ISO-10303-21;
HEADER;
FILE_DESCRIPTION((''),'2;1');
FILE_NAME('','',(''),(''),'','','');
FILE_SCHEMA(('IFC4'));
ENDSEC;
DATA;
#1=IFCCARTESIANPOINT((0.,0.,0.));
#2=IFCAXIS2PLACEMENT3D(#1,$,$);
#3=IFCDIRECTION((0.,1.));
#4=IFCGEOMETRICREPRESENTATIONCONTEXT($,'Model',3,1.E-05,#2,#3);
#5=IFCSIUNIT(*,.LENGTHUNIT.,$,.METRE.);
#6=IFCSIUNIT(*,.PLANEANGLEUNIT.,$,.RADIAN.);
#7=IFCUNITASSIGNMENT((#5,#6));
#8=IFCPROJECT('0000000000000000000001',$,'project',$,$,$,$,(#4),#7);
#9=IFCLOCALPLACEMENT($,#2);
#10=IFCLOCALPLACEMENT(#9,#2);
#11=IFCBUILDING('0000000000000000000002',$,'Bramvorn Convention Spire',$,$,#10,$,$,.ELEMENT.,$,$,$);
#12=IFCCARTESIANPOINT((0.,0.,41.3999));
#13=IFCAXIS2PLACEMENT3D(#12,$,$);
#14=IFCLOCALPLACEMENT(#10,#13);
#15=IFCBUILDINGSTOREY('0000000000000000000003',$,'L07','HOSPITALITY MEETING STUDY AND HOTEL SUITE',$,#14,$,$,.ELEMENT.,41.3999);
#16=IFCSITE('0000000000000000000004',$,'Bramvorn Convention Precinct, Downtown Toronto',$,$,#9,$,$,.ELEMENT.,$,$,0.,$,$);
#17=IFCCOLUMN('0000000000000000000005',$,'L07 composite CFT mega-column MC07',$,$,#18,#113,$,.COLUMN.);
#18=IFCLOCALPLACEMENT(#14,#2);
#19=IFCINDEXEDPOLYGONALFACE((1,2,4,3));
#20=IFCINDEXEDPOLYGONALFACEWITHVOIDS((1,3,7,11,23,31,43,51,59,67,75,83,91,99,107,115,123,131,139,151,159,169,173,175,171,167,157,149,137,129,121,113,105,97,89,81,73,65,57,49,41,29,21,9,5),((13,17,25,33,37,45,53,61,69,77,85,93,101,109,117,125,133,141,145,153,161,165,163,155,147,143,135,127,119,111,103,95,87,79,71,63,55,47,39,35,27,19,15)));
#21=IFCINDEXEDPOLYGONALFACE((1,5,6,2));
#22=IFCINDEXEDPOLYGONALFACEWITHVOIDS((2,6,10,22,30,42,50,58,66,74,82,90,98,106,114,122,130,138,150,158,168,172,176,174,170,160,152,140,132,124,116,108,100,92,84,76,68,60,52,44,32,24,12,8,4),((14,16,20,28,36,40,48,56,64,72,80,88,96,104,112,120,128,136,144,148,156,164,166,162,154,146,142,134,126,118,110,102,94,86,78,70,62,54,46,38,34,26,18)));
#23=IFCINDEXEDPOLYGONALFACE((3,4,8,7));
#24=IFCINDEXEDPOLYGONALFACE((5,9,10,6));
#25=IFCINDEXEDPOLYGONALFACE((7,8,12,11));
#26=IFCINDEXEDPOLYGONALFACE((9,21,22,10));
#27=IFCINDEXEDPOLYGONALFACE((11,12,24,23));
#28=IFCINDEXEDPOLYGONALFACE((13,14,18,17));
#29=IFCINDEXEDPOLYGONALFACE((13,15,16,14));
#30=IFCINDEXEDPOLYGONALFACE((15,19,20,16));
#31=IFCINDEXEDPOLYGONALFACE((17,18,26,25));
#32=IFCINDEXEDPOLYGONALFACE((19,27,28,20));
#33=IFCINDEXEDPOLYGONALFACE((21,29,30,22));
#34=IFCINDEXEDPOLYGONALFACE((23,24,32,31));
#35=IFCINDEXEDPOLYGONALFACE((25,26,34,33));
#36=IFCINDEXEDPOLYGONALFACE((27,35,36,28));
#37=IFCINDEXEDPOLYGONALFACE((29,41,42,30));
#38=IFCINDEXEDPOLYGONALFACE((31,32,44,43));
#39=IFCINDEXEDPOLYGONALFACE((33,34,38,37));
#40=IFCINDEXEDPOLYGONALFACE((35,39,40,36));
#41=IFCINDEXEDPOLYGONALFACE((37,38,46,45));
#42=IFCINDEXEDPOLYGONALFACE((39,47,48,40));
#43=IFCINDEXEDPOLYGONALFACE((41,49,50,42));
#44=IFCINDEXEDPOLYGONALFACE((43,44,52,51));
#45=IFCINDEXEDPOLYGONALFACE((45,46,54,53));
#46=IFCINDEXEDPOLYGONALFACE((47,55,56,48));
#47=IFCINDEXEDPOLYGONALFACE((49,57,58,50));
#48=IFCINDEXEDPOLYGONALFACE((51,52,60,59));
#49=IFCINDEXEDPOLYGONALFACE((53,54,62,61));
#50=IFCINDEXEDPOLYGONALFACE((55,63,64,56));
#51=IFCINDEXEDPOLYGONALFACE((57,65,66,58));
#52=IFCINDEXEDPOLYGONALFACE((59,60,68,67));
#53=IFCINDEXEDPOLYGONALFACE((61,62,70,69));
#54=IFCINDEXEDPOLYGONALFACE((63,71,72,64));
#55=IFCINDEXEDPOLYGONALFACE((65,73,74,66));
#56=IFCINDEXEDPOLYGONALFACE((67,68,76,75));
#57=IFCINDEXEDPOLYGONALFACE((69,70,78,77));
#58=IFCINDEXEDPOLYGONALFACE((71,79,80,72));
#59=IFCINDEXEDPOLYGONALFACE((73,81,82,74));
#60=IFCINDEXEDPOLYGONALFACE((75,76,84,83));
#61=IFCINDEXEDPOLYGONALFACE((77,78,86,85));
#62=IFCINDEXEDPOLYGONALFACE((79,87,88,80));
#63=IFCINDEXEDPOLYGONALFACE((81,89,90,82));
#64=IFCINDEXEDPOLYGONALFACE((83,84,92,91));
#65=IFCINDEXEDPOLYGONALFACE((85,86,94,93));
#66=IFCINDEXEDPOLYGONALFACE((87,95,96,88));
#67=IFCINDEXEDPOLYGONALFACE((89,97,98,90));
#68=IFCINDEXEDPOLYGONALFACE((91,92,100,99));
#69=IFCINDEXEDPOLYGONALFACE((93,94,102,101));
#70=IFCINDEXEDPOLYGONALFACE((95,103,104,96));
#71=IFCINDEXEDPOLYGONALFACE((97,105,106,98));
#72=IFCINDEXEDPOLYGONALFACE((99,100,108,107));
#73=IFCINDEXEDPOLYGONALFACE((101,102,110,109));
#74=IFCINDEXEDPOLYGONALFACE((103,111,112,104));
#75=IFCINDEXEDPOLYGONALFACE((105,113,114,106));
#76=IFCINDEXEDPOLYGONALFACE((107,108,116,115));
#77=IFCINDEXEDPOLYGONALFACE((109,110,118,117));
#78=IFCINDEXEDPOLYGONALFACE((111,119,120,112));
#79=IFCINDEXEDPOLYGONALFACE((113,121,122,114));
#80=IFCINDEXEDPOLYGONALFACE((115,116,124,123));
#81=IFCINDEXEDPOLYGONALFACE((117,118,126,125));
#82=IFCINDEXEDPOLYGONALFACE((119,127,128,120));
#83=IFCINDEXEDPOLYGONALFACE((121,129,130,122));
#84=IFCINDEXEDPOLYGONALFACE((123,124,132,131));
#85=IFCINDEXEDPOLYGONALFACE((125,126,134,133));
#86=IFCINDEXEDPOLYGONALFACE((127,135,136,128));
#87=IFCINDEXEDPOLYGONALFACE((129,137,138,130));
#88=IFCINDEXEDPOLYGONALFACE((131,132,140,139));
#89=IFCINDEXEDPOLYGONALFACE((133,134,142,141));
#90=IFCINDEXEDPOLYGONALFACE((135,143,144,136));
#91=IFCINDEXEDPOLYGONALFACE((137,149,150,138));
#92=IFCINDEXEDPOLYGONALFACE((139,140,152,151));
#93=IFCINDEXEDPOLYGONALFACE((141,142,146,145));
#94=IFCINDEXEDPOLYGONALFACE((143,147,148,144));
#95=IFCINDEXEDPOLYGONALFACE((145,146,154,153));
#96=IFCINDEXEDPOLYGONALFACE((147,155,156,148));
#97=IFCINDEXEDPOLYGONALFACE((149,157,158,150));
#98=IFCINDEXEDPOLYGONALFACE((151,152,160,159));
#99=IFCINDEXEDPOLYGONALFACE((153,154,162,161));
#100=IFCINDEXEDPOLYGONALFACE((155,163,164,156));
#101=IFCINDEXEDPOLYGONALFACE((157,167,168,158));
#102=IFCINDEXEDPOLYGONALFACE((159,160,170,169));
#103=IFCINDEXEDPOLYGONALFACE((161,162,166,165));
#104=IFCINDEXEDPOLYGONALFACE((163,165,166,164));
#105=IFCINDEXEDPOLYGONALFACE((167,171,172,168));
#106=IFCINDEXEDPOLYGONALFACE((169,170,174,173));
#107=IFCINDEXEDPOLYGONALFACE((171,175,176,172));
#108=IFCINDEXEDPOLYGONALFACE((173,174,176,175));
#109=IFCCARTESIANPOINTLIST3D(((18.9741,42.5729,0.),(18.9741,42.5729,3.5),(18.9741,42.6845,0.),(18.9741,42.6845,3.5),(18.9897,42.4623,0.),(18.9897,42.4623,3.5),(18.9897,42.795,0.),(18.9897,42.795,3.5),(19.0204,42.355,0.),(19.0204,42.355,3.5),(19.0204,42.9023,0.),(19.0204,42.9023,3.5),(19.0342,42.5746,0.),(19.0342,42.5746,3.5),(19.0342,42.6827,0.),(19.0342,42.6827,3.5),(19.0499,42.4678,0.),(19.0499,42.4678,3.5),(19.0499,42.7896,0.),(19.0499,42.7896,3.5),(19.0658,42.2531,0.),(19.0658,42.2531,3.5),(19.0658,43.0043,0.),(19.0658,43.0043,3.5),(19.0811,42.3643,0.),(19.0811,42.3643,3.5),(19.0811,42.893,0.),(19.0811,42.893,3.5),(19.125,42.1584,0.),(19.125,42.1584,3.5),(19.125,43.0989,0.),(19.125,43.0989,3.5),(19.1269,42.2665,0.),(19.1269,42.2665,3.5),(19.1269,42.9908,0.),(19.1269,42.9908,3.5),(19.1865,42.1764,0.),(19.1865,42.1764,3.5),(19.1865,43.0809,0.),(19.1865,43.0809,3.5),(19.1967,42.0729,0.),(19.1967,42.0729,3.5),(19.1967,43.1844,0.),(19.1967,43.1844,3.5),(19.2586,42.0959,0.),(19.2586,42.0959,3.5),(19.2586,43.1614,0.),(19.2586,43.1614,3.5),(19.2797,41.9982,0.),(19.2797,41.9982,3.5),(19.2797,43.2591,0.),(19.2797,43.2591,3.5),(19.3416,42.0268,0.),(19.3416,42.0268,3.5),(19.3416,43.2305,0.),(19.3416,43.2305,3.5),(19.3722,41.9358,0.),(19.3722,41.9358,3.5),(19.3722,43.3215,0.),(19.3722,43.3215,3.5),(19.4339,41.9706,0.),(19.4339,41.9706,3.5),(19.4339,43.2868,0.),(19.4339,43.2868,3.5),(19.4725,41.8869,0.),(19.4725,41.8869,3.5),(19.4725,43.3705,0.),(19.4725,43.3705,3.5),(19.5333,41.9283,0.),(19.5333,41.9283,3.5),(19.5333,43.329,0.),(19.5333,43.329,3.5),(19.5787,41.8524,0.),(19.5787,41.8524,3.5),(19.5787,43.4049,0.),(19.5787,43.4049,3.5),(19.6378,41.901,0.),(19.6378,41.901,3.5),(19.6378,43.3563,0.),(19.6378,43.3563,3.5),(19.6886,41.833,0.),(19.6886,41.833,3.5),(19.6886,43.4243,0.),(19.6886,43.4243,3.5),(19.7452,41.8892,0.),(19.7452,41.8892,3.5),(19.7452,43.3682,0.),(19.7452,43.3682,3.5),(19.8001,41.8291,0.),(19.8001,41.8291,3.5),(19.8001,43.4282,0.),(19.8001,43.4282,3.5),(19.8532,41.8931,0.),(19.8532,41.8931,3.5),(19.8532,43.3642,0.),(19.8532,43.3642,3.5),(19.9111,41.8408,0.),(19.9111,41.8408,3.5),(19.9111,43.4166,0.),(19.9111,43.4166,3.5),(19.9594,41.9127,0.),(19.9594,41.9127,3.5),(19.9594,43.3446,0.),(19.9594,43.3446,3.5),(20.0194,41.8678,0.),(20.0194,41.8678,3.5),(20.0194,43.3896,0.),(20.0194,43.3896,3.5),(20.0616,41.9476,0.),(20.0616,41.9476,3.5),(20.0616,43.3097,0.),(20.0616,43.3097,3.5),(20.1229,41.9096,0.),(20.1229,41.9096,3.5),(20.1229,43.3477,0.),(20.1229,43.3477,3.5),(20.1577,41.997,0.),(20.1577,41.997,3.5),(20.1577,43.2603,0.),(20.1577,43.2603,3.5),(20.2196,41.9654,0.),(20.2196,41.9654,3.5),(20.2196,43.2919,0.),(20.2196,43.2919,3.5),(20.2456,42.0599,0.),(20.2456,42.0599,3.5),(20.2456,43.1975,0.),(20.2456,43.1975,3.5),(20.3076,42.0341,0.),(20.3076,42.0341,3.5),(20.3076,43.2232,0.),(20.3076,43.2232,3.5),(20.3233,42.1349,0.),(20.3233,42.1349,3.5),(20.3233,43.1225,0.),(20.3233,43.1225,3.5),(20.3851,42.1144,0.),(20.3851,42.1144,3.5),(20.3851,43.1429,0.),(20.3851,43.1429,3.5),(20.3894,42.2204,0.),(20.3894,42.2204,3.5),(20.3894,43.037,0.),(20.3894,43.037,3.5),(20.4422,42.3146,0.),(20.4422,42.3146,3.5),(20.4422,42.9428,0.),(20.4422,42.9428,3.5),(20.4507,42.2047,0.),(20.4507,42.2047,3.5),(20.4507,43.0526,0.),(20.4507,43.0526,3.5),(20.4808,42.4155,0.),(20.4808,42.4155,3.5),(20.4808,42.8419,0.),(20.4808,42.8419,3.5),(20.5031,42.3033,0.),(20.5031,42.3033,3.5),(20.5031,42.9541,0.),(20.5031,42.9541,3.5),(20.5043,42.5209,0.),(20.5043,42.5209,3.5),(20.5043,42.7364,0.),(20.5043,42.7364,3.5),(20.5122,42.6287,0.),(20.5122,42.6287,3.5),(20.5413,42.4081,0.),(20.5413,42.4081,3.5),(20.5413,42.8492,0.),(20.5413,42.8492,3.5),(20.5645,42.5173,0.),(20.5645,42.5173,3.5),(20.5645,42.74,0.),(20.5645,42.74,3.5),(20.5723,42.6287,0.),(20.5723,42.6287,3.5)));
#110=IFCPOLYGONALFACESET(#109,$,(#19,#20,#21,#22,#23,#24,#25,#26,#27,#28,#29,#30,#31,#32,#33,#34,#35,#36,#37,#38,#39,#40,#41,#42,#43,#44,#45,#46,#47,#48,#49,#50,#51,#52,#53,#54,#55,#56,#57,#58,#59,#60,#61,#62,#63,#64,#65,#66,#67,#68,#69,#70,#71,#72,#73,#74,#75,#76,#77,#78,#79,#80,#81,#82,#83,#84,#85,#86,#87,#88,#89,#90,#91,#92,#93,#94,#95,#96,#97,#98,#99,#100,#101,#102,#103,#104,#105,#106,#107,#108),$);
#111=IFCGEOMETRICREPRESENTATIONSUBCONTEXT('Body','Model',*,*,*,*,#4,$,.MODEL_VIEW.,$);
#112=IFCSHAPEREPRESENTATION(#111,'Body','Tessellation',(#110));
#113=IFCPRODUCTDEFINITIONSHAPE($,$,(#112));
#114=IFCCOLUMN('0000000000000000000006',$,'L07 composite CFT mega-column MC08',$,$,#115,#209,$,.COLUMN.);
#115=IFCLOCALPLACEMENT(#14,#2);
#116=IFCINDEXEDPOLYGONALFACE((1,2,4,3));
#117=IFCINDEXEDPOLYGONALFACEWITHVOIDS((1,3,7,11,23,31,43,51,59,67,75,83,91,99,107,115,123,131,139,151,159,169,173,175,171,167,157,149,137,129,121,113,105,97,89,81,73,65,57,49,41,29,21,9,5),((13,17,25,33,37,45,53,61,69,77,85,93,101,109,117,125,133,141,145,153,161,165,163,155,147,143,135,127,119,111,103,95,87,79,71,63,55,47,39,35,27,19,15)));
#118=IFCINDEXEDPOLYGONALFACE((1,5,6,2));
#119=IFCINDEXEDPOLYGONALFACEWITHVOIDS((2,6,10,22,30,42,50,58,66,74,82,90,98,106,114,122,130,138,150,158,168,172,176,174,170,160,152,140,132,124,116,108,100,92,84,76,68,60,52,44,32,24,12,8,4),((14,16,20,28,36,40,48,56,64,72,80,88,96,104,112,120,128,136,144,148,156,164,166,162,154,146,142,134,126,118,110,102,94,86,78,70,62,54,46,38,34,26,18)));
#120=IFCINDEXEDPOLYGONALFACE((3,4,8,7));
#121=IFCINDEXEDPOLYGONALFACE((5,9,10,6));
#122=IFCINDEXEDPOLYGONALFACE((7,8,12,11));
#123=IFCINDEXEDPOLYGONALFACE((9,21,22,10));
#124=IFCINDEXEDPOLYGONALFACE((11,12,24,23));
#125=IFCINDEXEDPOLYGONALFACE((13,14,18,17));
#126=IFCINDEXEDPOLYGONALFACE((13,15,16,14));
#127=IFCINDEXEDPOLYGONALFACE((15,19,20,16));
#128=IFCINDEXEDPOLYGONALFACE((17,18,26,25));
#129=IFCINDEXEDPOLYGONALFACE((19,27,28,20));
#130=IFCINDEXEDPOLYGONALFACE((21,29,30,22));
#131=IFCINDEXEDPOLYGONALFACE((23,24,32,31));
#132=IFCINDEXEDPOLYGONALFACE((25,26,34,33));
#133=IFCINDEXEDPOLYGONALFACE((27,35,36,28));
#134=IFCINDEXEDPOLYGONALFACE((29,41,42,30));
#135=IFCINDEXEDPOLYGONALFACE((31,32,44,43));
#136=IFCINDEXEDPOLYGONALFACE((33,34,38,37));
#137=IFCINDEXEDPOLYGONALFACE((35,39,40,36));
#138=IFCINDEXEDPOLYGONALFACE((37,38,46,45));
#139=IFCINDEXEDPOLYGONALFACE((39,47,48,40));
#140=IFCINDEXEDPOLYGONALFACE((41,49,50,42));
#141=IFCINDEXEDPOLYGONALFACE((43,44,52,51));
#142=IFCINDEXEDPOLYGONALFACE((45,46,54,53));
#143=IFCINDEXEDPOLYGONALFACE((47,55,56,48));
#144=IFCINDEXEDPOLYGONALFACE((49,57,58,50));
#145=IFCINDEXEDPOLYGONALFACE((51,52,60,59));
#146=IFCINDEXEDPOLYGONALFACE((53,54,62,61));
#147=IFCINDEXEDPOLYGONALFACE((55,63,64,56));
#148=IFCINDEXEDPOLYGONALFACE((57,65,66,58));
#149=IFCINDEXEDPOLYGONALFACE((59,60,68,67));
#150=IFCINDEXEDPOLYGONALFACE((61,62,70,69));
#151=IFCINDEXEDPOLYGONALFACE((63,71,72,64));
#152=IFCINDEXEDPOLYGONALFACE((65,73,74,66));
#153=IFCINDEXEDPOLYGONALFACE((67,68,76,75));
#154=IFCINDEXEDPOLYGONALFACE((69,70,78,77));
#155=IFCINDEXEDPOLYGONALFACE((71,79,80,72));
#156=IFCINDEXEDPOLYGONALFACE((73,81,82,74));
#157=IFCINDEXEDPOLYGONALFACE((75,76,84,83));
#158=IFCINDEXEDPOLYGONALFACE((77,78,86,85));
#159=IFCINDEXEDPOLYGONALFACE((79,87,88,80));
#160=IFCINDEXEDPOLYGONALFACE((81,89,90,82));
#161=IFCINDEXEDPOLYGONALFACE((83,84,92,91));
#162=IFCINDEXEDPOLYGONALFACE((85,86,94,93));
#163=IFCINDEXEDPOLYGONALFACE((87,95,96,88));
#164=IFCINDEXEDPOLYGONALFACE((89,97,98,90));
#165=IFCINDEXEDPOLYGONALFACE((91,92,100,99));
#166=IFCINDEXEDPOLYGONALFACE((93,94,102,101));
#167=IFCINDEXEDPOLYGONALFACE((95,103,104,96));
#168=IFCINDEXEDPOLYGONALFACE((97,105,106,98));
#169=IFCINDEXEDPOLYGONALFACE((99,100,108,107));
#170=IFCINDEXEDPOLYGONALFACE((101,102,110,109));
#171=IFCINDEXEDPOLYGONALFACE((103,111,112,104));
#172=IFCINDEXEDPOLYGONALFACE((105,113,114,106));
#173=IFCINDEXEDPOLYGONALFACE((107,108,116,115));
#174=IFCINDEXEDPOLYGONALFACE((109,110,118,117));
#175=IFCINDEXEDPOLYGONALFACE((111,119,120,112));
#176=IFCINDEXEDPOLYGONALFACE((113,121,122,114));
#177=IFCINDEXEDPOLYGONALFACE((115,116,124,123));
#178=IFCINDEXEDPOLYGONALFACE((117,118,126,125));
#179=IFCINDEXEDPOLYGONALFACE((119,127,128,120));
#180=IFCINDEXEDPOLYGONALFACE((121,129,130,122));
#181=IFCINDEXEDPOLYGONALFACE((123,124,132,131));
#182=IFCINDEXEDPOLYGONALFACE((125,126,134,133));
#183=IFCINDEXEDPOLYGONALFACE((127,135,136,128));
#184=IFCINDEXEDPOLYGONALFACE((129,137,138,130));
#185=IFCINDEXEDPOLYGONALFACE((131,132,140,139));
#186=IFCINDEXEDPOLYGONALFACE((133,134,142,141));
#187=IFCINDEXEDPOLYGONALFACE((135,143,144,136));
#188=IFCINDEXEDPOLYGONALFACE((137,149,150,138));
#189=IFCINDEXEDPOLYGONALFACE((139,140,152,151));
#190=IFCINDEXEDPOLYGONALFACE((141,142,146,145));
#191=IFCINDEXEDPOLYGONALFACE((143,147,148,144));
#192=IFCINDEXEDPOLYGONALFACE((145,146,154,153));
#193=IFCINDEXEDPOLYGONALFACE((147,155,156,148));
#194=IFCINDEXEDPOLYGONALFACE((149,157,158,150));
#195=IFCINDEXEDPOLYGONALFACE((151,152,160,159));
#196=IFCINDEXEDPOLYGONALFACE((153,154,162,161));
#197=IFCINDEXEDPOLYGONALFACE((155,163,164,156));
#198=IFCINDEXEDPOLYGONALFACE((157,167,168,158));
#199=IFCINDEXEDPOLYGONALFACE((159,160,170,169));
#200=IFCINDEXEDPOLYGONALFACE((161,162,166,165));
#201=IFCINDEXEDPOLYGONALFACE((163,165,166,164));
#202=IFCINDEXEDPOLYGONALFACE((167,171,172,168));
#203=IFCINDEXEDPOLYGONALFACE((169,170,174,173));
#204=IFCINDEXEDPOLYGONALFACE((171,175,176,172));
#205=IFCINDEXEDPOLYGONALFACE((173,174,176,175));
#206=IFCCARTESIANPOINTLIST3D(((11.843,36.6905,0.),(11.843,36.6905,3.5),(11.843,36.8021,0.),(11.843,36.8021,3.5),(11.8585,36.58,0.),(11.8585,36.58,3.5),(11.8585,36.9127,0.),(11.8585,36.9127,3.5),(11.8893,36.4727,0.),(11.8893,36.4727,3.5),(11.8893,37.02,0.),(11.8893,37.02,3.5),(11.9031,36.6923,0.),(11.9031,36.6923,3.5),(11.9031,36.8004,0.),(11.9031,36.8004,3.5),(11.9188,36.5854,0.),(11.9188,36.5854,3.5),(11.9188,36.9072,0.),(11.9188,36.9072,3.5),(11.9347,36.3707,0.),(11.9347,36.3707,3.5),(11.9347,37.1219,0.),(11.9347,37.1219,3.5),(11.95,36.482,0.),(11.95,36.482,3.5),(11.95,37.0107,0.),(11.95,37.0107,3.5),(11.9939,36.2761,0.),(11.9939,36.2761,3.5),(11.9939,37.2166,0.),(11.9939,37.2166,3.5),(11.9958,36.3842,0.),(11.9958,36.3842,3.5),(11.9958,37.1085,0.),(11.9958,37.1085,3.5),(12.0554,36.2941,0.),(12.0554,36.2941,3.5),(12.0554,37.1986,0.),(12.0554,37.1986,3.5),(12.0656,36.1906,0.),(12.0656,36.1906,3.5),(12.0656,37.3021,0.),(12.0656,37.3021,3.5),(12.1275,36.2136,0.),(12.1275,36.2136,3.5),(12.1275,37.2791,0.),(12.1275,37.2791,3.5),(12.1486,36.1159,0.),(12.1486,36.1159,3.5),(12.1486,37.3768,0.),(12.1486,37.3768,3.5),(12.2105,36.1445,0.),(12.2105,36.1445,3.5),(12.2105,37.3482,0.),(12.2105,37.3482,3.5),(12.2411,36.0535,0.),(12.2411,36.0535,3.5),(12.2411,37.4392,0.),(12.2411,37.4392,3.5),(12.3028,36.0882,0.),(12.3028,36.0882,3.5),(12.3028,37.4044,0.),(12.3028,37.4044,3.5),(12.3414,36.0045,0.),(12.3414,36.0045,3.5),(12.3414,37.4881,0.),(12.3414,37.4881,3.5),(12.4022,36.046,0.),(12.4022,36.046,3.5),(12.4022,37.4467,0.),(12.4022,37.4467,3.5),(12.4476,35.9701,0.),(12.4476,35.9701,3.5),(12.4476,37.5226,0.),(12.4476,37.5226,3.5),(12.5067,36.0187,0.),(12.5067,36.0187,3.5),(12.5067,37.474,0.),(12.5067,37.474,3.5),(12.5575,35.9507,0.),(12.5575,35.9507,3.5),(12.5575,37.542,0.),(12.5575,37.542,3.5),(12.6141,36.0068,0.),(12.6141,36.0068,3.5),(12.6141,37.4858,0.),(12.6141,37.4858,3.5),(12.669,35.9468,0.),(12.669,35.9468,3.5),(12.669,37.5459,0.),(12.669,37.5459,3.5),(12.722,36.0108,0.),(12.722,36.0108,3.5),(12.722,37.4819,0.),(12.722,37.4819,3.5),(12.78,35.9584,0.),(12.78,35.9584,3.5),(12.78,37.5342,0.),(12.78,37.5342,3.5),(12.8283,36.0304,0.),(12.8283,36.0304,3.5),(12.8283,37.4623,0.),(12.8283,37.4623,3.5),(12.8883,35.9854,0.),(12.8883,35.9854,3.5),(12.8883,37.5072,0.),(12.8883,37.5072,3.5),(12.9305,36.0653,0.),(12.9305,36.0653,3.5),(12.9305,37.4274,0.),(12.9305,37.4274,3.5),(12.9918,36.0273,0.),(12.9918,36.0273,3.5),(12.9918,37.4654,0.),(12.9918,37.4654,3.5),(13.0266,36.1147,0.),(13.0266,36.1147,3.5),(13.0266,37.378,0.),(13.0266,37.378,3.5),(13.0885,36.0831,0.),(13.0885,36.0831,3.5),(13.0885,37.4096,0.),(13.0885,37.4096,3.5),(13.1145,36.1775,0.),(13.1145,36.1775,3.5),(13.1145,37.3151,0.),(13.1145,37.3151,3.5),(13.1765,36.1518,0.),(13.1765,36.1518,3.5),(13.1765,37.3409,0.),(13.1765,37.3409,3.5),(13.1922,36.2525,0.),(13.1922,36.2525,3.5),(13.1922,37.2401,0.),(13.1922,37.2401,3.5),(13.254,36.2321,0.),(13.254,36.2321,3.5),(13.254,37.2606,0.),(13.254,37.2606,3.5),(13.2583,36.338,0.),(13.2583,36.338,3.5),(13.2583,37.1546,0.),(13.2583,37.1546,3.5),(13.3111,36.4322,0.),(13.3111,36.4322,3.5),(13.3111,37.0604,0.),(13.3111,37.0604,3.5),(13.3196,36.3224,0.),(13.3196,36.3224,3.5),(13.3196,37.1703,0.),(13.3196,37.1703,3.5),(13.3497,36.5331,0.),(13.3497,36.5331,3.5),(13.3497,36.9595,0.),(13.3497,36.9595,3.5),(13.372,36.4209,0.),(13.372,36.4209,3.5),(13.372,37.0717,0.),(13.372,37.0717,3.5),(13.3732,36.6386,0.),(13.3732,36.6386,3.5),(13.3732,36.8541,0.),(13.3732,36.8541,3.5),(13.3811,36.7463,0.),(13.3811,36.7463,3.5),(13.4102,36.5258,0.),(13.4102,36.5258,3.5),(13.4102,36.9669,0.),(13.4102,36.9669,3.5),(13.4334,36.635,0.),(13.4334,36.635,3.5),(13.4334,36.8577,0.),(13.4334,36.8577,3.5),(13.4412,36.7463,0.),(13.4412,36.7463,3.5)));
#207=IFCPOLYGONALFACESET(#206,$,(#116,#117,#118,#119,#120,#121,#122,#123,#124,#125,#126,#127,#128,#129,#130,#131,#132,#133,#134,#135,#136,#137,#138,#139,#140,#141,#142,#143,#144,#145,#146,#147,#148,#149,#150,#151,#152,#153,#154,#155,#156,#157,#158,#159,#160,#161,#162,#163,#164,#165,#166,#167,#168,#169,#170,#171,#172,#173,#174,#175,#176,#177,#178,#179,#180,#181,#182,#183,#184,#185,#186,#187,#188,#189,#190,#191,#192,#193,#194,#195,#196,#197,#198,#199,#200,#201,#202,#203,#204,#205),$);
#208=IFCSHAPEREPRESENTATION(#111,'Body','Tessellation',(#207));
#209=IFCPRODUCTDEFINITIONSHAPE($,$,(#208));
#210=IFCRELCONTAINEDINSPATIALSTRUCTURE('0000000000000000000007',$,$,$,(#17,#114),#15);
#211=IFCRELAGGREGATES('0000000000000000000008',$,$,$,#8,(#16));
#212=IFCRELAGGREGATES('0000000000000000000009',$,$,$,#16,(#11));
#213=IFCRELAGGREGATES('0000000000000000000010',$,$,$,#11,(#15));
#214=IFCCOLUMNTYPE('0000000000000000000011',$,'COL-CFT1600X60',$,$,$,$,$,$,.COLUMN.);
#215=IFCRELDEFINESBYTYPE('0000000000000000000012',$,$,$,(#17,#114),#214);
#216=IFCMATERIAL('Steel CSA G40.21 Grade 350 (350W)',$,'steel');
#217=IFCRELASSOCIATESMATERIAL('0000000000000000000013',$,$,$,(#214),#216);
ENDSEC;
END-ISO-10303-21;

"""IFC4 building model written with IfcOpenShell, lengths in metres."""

from ifc_helpers import new_model, si_unit, direction, frame, origin, origin_2d, place, context, subcontext, project, spatial, hollow_circle, extrude, material, material_profile, profile_set, type_object, element, save


model = new_model("IFC4")

# Units and contexts
model_context = context("Model", 3, precision=1e-05, world=origin(), true_north=direction((0.0, 1.0)))
body_context = subcontext(model_context, "Body", "Model", "MODEL_VIEW")
ifc_project = project(units=[si_unit("LENGTHUNIT", "METRE"), si_unit("PLANEANGLEUNIT", "RADIAN")], contexts=[model_context])

# Site, building, storey
site_placement = place(None, origin())
site = spatial("IfcSite", under=ifc_project, at=site_placement, Name="Bramvorn Convention Precinct, Downtown Toronto", CompositionType="ELEMENT", RefElevation=0.0)
building_placement = place(site_placement, origin())
building = spatial("IfcBuilding", under=site, at=building_placement, Name="Bramvorn Convention Spire", CompositionType="ELEMENT")
storey_placement = place(building_placement, frame((0.0, 0.0, 41.3999)))
storey = spatial("IfcBuildingStorey", under=building, at=storey_placement, Name="L07", Description="HOSPITALITY MEETING STUDY AND HOTEL SUITE", CompositionType="ELEMENT", Elevation=41.3999)

# Columns
ifc_material_1 = material(Name="Steel CSA G40.21 Grade 350 (350W)", Category="steel")
ifc_material_profile_1 = material_profile(ifc_material_1, hollow_circle(Radius=0.8, WallThickness=0.0601, at=origin_2d()))
ifc_profile_set_1 = profile_set([ifc_material_profile_1], Name="Steel CSA G40.21 Grade 350 (350W) - CFT1600X60")
column_type = type_object("IfcColumnType", Name="COL-CFT1600X60", PredefinedType="COLUMN", material=ifc_profile_set_1)
for number, where, z_axis, x_axis, name in (
    (1, (19.7722, 42.6287, 0.0), (0.0, 0.0, 1.0), (1.0, 0.0, 0.0), "L07 composite CFT mega-column MC07"),
    (2, (12.6411, 36.7463, 0.0), (0.0, 0.0, 1.0), (1.0, 0.0, 0.0), "L07 composite CFT mega-column MC08"),
):
    element("IfcColumn", number, at=place(storey_placement, frame(where, z_axis=z_axis, x_axis=x_axis)), inside=storey, type_object=column_type, Name=name, PredefinedType="COLUMN", context=body_context, shape_type="SweptSolid", body=[
        extrude(hollow_circle(Radius=0.8, WallThickness=0.0601, at=origin_2d()), origin(), (0.0, 0.0, 1.0), 3.5),
    ])

save(model, "model.ifc")
